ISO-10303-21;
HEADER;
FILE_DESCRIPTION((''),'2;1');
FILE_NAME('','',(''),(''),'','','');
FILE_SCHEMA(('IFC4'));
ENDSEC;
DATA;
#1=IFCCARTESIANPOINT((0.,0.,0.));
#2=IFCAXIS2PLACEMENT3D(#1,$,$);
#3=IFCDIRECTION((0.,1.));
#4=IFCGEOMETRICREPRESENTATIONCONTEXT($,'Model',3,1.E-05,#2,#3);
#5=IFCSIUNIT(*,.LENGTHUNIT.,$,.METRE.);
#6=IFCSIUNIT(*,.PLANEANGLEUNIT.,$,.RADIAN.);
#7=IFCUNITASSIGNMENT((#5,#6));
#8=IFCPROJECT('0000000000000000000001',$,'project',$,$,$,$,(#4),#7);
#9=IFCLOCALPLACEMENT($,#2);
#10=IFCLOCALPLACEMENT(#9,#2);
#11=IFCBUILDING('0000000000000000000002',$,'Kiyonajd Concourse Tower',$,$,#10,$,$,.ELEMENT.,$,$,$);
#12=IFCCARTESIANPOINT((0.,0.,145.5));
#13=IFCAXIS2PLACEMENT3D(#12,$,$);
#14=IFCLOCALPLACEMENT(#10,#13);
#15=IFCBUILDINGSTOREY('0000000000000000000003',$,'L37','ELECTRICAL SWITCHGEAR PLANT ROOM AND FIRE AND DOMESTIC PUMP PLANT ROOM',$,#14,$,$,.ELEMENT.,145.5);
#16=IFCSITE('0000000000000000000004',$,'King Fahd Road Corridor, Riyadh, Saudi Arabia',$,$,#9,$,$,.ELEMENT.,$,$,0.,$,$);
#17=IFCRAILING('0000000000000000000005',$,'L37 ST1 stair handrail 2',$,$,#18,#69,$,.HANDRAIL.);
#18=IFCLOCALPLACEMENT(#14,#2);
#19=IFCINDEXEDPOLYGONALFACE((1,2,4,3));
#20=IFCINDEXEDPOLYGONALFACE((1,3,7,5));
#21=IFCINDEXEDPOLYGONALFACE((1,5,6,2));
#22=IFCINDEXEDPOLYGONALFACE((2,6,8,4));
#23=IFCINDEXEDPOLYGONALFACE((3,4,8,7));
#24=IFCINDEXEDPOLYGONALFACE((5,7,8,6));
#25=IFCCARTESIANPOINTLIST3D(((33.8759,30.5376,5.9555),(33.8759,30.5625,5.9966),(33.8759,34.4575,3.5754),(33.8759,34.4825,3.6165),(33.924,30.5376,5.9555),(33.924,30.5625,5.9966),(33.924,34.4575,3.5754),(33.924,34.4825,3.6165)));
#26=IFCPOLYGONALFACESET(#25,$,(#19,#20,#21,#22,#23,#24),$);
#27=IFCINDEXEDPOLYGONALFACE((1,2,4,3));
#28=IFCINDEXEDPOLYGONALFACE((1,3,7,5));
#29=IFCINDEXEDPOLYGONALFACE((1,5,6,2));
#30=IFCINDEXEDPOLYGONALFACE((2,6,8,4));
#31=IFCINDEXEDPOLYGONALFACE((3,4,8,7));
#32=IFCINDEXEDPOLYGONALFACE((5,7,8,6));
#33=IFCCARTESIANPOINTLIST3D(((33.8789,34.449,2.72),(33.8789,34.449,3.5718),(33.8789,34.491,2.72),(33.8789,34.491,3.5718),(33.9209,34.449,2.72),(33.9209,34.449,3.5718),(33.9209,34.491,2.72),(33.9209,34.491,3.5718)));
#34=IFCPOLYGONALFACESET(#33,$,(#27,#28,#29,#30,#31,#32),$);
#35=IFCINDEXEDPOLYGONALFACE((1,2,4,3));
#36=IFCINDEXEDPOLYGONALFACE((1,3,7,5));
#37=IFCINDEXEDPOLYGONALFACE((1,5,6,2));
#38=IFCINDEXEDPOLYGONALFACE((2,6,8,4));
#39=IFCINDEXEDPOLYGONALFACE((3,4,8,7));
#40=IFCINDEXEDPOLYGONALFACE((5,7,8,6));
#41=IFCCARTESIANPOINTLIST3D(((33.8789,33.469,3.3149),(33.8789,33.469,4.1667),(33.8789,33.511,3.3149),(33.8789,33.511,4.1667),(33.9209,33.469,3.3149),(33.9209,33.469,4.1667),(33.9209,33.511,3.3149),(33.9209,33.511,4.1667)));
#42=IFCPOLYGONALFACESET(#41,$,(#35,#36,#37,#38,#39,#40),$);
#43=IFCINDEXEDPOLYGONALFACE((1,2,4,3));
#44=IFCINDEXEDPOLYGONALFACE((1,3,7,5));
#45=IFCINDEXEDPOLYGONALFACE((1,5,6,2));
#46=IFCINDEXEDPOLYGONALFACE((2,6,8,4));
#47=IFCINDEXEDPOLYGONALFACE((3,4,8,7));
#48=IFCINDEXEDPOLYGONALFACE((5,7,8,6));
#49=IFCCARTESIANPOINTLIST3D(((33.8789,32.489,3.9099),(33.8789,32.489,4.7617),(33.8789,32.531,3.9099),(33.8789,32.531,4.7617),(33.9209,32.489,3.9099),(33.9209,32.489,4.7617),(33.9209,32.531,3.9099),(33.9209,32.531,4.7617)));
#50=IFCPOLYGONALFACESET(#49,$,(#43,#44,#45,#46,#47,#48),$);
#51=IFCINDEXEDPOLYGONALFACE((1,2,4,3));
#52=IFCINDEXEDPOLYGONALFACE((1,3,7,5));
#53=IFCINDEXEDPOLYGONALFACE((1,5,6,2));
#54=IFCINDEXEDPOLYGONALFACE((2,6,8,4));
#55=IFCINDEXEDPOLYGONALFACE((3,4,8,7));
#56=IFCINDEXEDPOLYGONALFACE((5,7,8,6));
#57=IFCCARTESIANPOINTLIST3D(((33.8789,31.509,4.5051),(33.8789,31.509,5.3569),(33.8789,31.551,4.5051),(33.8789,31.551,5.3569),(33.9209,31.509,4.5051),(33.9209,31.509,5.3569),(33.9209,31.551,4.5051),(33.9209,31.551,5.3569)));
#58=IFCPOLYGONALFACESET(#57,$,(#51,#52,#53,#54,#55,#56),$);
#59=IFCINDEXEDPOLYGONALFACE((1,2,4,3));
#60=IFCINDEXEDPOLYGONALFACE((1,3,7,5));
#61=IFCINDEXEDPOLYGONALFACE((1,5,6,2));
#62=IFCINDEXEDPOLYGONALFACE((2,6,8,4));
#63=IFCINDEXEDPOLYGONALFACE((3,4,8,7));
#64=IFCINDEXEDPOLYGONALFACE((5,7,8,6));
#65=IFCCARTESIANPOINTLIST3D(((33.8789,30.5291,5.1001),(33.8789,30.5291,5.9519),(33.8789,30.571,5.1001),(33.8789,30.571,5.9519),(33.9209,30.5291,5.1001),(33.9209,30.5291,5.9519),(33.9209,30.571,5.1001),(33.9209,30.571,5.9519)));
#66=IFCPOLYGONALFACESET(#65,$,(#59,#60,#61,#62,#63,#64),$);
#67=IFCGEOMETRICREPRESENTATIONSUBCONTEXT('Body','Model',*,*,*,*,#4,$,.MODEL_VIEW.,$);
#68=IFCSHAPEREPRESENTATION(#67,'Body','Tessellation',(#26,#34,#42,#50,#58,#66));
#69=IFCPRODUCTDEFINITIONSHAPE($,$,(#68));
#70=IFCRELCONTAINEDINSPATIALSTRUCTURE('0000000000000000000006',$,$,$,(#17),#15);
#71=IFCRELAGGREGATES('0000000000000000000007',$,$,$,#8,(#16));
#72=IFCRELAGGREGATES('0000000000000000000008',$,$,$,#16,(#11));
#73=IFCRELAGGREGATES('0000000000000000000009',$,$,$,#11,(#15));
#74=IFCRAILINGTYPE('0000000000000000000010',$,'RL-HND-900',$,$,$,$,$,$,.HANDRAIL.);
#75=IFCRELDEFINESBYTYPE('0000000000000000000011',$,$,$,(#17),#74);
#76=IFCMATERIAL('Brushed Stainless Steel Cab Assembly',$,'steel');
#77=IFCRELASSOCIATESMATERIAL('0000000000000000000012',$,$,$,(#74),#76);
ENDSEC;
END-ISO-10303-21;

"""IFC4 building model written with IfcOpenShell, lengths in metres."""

from ifc_helpers import new_model, si_unit, direction, frame, origin, origin_2d, place, context, subcontext, project, spatial, rectangle, extrude, material, type_object, element, save


model = new_model("IFC4")

# Units and contexts
model_context = context("Model", 3, precision=1e-05, world=origin(), true_north=direction((0.0, 1.0)))
body_context = subcontext(model_context, "Body", "Model", "MODEL_VIEW")
ifc_project = project(units=[si_unit("LENGTHUNIT", "METRE"), si_unit("PLANEANGLEUNIT", "RADIAN")], contexts=[model_context])

# Site, building, storey
site_placement = place(None, origin())
site = spatial("IfcSite", under=ifc_project, at=site_placement, Name="King Fahd Road Corridor, Riyadh, Saudi Arabia", CompositionType="ELEMENT", RefElevation=0.0)
building_placement = place(site_placement, origin())
building = spatial("IfcBuilding", under=site, at=building_placement, Name="Kiyonajd Concourse Tower", CompositionType="ELEMENT")
storey_placement = place(building_placement, frame((0.0, 0.0, 145.5)))
storey = spatial("IfcBuildingStorey", under=building, at=storey_placement, Name="L37", Description="ELECTRICAL SWITCHGEAR PLANT ROOM AND FIRE AND DOMESTIC PUMP PLANT ROOM", CompositionType="ELEMENT", Elevation=145.5)

# Shared definitions
ifc_material_1 = material(Name="Brushed Stainless Steel Cab Assembly", Category="steel")

# Railing
railing_type_1 = type_object("IfcRailingType", Name="RL-HND-900", PredefinedType="HANDRAIL", material=ifc_material_1)
railing_1_placement = place(storey_placement, frame((33.8999, 34.47, 2.72)))
element("IfcRailing", 1, at=railing_1_placement, inside=storey, type_object=railing_type_1, Name="L37 ST1 stair handrail 2", PredefinedType="HANDRAIL", context=body_context, shape_type="SweptSolid", body=[
    extrude(rectangle(XDim=0.0481, YDim=0.0481, at=origin_2d()), frame((0.0, 0.0, 0.876), z_axis=(0.0, -0.854771, 0.519006), x_axis=(1.0, 0.0, 0.0)), (0.0, 0.0, 1.0), 4.5859),
    extrude(rectangle(XDim=0.042, YDim=0.042, at=origin_2d()), origin(), (0.0, 0.0, 1.0), 0.8518),
    extrude(rectangle(XDim=0.042, YDim=0.042, at=origin_2d()), frame((0.0, -0.98, 0.595)), (0.0, 0.0, 1.0), 0.8518),
    extrude(rectangle(XDim=0.042, YDim=0.042, at=origin_2d()), frame((0.0, -1.96, 1.1899)), (0.0, 0.0, 1.0), 0.8518),
    extrude(rectangle(XDim=0.042, YDim=0.042, at=origin_2d()), frame((0.0, -2.9399, 1.7852)), (0.0, 0.0, 1.0), 0.8518),
    extrude(rectangle(XDim=0.042, YDim=0.042, at=origin_2d()), frame((0.0, -3.9199, 2.3801)), (0.0, 0.0, 1.0), 0.8518),
])

save(model, "model.ifc")
